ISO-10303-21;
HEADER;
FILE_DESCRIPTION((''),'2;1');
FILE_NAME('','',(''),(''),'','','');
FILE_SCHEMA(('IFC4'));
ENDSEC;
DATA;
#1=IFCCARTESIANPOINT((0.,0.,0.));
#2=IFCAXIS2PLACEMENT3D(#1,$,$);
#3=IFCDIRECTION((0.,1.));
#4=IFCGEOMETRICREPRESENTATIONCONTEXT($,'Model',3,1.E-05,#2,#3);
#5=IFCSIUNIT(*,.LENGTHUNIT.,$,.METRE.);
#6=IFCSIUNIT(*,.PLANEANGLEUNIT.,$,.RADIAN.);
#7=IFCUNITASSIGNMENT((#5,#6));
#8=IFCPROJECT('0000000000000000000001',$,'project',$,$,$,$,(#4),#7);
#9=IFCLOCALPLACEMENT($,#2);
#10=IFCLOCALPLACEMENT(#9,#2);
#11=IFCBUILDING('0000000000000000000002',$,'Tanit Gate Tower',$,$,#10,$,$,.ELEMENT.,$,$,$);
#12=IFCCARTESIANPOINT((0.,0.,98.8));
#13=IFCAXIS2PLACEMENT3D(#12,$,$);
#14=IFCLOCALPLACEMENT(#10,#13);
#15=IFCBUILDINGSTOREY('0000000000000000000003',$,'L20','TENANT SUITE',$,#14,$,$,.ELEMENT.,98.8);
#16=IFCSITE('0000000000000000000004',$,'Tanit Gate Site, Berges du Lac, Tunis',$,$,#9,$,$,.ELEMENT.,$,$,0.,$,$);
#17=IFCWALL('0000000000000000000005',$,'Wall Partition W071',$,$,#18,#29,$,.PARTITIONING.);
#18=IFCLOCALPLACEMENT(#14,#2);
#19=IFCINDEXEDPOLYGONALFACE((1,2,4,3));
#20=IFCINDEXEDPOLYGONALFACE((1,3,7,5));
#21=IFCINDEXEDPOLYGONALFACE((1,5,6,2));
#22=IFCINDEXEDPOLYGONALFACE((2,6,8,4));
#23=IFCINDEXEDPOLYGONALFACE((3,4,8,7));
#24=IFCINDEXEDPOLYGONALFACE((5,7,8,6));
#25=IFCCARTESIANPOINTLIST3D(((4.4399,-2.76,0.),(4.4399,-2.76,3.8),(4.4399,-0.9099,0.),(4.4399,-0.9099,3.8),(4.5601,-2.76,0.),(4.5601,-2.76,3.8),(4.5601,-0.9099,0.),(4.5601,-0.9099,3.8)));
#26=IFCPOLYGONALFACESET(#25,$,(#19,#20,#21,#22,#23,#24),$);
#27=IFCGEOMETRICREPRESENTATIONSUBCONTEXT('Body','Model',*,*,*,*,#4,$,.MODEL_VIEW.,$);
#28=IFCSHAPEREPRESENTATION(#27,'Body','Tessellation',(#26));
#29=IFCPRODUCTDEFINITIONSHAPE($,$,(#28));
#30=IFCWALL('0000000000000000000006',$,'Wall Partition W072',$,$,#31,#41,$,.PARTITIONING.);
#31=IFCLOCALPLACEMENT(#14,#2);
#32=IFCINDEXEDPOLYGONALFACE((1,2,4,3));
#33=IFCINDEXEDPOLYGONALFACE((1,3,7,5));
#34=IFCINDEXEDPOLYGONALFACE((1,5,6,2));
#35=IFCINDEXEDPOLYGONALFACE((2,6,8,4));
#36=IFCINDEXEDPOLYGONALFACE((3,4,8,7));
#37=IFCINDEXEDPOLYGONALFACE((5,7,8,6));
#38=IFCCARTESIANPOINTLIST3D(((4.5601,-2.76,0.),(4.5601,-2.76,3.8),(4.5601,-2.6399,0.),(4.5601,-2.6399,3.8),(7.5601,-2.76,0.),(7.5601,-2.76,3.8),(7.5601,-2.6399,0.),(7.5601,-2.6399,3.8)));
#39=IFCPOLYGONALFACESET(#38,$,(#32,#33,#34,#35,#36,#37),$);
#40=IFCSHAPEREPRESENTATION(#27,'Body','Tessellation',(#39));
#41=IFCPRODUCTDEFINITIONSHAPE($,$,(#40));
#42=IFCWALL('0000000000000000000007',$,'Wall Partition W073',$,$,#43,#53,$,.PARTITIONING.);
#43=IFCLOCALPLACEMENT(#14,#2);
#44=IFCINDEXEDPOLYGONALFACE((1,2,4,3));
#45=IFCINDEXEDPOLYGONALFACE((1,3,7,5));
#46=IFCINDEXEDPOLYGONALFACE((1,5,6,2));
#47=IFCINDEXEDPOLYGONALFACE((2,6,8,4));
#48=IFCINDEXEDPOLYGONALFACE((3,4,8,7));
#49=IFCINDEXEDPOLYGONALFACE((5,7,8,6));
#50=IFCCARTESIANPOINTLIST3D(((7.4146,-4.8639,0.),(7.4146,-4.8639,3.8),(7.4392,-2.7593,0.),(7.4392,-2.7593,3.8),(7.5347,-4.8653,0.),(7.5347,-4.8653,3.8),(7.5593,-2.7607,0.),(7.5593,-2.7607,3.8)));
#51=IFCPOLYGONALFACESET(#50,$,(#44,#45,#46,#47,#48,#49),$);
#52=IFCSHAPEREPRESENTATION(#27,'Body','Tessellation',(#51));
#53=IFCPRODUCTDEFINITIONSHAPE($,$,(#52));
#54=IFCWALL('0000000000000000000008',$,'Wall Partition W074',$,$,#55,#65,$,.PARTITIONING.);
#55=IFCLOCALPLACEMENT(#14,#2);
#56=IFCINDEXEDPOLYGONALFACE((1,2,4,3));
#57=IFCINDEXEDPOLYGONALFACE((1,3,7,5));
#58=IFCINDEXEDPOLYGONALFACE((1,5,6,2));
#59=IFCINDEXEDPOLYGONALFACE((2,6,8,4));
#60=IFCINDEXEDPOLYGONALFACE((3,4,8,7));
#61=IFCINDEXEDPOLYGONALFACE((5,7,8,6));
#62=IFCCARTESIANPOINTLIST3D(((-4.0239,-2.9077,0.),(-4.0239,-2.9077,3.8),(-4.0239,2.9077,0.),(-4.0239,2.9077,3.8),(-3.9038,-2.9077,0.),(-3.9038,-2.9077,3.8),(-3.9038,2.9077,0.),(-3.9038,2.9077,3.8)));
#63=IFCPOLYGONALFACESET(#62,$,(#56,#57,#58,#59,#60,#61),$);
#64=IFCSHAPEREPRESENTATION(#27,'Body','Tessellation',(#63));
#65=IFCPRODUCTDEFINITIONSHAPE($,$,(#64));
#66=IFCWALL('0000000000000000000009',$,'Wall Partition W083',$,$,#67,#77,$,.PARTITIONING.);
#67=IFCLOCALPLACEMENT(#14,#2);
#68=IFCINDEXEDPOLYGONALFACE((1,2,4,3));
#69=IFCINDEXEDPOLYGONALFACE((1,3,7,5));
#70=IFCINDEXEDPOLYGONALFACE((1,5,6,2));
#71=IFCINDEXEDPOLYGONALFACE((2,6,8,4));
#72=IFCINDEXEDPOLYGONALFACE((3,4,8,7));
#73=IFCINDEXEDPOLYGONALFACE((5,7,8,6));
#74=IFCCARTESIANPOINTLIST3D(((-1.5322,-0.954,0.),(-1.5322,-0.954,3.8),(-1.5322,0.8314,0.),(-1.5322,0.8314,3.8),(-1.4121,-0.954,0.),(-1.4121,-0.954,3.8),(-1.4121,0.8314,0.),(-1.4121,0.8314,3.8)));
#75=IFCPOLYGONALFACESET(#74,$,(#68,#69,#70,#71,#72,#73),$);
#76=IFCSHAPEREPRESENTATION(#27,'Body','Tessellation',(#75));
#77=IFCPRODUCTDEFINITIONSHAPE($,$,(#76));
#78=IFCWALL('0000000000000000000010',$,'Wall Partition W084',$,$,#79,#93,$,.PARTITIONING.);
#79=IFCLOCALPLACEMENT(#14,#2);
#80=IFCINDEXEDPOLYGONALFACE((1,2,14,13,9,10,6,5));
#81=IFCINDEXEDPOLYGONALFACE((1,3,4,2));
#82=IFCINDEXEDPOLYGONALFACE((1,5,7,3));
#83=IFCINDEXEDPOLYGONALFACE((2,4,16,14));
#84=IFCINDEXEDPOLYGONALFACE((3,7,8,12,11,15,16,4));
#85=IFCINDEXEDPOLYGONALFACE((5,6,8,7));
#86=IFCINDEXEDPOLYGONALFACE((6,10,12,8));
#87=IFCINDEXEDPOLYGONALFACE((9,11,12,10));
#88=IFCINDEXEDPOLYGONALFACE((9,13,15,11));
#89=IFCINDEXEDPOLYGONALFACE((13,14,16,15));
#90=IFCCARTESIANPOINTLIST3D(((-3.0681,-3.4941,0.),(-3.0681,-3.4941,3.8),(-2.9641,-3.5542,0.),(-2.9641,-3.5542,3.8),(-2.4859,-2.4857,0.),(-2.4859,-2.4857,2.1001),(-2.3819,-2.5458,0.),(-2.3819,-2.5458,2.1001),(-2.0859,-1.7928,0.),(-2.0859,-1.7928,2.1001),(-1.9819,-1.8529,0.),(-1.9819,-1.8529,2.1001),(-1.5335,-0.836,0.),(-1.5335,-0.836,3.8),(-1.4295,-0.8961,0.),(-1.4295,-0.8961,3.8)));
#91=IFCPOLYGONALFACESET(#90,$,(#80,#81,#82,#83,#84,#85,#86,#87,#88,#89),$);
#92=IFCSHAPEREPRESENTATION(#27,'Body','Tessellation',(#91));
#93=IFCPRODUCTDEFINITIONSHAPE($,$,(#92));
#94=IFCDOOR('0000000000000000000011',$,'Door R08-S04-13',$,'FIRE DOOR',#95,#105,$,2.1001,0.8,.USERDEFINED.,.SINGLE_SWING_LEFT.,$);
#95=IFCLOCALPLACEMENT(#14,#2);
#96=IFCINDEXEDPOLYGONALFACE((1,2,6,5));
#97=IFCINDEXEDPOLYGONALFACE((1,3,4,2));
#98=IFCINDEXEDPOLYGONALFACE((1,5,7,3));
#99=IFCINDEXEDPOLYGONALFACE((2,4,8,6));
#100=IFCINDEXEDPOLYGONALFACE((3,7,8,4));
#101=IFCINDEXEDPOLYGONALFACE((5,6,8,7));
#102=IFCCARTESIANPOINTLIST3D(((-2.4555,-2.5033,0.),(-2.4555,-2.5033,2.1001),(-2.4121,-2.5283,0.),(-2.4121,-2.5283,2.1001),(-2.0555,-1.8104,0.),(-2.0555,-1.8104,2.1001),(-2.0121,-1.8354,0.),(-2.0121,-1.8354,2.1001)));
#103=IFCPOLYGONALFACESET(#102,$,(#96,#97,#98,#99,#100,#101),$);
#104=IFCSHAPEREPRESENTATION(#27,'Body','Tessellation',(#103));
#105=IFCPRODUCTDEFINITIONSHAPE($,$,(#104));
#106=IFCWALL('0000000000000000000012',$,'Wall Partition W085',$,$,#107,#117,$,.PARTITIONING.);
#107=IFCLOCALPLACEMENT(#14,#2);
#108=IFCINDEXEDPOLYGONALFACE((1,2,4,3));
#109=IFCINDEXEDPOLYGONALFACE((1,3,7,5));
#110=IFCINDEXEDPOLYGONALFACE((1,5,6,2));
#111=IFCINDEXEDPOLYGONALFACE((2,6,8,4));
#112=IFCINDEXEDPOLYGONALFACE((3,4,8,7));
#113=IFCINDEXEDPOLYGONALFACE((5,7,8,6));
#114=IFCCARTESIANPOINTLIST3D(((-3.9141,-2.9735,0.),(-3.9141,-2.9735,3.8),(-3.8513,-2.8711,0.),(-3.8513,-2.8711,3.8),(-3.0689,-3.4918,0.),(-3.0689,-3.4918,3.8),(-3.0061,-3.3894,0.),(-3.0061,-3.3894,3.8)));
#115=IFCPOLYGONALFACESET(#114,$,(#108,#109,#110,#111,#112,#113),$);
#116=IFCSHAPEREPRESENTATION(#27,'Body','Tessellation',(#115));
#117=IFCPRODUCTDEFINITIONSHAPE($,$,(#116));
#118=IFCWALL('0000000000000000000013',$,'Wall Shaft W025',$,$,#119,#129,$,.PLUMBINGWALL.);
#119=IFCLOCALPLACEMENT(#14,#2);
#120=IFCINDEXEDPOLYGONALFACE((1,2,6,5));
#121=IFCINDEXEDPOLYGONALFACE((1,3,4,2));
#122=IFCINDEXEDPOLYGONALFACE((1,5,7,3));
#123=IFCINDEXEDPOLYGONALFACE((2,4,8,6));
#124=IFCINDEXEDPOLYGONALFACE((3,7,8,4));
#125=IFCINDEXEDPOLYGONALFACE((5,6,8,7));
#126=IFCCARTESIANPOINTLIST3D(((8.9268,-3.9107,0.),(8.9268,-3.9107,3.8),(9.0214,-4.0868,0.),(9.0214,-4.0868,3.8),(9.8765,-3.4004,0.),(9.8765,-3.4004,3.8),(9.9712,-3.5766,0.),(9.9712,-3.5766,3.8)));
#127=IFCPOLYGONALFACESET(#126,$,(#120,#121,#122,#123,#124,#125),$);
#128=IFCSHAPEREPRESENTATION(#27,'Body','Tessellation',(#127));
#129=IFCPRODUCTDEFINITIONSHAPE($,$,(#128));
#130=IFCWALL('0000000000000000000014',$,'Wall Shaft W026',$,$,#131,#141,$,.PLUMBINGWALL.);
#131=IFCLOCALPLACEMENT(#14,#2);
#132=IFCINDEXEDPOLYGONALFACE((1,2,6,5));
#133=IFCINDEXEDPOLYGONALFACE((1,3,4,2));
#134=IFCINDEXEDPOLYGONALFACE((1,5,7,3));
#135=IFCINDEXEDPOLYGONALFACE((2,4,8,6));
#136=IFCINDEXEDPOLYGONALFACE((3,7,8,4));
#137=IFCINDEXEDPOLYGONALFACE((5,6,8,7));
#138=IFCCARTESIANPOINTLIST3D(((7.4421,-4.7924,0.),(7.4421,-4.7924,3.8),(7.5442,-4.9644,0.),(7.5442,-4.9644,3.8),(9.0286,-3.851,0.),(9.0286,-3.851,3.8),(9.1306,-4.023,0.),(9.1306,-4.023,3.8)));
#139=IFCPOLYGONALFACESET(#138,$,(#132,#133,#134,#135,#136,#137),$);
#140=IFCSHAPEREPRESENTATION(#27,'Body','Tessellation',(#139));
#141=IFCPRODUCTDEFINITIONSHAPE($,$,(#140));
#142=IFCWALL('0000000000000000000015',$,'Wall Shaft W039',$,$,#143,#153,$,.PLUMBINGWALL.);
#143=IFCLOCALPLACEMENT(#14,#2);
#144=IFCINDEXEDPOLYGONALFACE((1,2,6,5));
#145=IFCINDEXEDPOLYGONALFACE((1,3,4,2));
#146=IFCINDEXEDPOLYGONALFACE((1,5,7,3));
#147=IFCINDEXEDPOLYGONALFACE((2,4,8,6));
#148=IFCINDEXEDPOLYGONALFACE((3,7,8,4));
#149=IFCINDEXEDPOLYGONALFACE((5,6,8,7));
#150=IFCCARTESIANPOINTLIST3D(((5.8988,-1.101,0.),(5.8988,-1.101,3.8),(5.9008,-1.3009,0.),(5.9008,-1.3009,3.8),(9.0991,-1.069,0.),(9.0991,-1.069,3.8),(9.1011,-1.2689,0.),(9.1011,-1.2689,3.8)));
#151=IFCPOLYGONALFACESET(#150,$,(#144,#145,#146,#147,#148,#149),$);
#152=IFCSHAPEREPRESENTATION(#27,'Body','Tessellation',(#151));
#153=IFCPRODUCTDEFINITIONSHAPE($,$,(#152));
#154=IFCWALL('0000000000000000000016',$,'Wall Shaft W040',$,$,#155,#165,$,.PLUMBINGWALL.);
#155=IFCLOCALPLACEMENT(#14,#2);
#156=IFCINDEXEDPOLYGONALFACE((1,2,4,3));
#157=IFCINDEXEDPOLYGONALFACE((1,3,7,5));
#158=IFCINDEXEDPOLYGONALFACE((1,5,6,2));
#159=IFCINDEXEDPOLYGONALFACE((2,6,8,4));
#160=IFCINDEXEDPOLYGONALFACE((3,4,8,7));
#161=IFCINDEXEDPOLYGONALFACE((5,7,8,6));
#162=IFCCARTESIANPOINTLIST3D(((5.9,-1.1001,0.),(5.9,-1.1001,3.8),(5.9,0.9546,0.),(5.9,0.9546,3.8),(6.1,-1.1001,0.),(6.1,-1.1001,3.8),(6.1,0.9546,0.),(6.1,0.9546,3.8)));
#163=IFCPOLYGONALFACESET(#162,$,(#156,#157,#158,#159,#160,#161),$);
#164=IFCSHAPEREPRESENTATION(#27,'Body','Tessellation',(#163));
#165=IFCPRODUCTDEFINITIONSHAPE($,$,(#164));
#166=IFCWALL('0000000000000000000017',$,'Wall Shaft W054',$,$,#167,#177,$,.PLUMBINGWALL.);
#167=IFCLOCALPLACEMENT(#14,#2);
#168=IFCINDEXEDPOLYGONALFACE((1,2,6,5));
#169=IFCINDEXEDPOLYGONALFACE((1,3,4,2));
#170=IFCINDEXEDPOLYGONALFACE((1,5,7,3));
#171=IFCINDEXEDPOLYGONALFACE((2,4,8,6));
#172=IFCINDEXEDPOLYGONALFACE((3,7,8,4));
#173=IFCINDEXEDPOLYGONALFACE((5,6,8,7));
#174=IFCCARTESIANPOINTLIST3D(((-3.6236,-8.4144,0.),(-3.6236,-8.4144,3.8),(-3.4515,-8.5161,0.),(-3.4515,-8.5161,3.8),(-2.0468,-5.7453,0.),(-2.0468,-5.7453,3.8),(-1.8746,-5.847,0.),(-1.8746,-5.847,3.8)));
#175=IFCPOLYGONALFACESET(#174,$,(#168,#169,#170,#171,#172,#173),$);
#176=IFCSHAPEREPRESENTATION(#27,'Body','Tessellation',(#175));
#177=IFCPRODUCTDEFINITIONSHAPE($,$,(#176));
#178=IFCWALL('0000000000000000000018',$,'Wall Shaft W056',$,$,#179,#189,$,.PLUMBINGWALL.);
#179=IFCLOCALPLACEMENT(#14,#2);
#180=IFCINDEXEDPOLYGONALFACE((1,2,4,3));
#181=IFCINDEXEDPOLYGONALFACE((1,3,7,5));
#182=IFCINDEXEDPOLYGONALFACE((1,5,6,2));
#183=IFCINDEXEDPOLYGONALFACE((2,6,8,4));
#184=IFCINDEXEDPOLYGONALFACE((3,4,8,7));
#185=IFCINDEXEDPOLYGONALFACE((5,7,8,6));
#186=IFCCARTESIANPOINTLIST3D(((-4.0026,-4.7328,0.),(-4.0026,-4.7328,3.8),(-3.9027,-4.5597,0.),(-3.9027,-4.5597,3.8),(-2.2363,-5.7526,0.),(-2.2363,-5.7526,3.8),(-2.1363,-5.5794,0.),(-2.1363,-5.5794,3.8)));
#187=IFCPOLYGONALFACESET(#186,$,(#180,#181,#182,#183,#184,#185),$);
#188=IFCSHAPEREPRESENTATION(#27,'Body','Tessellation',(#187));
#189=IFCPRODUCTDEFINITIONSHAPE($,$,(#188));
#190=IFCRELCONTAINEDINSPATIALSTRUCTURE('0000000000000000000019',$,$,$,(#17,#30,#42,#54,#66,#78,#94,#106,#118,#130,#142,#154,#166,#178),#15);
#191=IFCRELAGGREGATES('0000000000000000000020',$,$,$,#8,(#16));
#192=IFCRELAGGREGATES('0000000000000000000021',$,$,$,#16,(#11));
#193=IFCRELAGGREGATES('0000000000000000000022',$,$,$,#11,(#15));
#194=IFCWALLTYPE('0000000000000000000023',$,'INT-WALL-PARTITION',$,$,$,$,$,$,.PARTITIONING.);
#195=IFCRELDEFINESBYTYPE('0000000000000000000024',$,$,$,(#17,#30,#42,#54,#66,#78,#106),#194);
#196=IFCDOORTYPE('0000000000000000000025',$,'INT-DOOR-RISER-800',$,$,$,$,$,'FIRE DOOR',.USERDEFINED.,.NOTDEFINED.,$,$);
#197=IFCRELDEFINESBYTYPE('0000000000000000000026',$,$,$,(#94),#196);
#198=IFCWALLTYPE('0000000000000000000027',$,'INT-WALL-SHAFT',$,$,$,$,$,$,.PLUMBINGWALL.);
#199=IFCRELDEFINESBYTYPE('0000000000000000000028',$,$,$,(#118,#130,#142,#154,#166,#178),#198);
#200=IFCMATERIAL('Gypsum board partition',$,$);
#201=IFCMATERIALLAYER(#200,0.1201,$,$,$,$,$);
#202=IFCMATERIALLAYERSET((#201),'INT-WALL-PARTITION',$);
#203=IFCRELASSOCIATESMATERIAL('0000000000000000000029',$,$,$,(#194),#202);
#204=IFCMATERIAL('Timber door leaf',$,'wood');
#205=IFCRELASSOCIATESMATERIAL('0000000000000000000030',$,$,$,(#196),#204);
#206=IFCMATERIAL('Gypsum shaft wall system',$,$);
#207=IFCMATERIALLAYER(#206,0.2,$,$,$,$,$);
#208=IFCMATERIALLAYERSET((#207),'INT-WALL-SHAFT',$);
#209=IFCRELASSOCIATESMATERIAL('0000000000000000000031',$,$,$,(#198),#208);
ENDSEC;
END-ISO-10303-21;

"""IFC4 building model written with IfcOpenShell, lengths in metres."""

from ifc_helpers import new_model, si_unit, direction, frame, frame_2d, origin, place, context, subcontext, project, spatial, rectangle, extrude, material, layer, layer_set, type_object, element, fill, save


model = new_model("IFC4")

# Units and contexts
model_context = context("Model", 3, precision=1e-05, world=origin(), true_north=direction((0.0, 1.0)))
body_context = subcontext(model_context, "Body", "Model", "MODEL_VIEW")
ifc_project = project(units=[si_unit("LENGTHUNIT", "METRE"), si_unit("PLANEANGLEUNIT", "RADIAN")], contexts=[model_context])

# Site, building, storey
site_placement = place(None, origin())
site = spatial("IfcSite", under=ifc_project, at=site_placement, Name="Tanit Gate Site, Berges du Lac, Tunis", CompositionType="ELEMENT", RefElevation=0.0)
building_placement = place(site_placement, origin())
building = spatial("IfcBuilding", under=site, at=building_placement, Name="Tanit Gate Tower", CompositionType="ELEMENT")
storey_placement = place(building_placement, frame((0.0, 0.0, 98.8)))
storey = spatial("IfcBuildingStorey", under=building, at=storey_placement, Name="L20", Description="TENANT SUITE", CompositionType="ELEMENT", Elevation=98.8)

# Shared definitions
ifc_material_1 = material(Name="Gypsum board partition")
ifc_layer_1 = layer(ifc_material_1, 0.1201)
ifc_layer_set_1 = layer_set([ifc_layer_1], Name="INT-WALL-PARTITION")
wall_type_1 = type_object("IfcWallType", Name="INT-WALL-PARTITION", PredefinedType="PARTITIONING", material=ifc_layer_set_1)
ifc_material_2 = material(Name="Timber door leaf", Category="wood")
door_type_1 = type_object("IfcDoorType", Name="INT-DOOR-RISER-800", ElementType="FIRE DOOR", OperationType="NOTDEFINED", PredefinedType="USERDEFINED", material=ifc_material_2)

# Walls
wall_1_placement = place(storey_placement, frame((4.5, -2.76, 0.0), z_axis=(0.0, 0.0, 1.0), x_axis=(0.0, 1.0, 0.0)))
element("IfcWall", 1, at=wall_1_placement, inside=storey, type_object=wall_type_1, Name="Wall Partition W071", PredefinedType="PARTITIONING", context=body_context, shape_type="SweptSolid", body=[
    extrude(rectangle(XDim=1.8501, YDim=0.1201, at=frame_2d((0.925, 0.0))), origin(), (0.0, 0.0, 1.0), 3.8),
])
wall_2_placement = place(storey_placement, frame((7.5601, -2.7, 0.0), z_axis=(0.0, 0.0, 1.0), x_axis=(-1.0, 0.0, 0.0)))
element("IfcWall", 2, at=wall_2_placement, inside=storey, type_object=wall_type_1, Name="Wall Partition W072", PredefinedType="PARTITIONING", context=body_context, shape_type="SweptSolid", body=[
    extrude(rectangle(XDim=3.0, YDim=0.1201, at=frame_2d((1.5, 0.0))), origin(), (0.0, 0.0, 1.0), 3.8),
])
wall_3_placement = place(storey_placement, frame((7.4746, -4.8645, 0.0), z_axis=(0.0, 0.0, 1.0), x_axis=(0.011716, 0.999931, 0.0)))
element("IfcWall", 3, at=wall_3_placement, inside=storey, type_object=wall_type_1, Name="Wall Partition W073", PredefinedType="PARTITIONING", context=body_context, shape_type="SweptSolid", body=[
    extrude(rectangle(XDim=2.1047, YDim=0.1201, at=frame_2d((1.0522, 0.0))), origin(), (0.0, 0.0, 1.0), 3.8),
])
wall_4_placement = place(storey_placement, frame((-3.9639, -2.9077, 0.0), z_axis=(0.0, 0.0, 1.0), x_axis=(0.0, 1.0, 0.0)))
element("IfcWall", 4, at=wall_4_placement, inside=storey, type_object=wall_type_1, Name="Wall Partition W074", PredefinedType="PARTITIONING", context=body_context, shape_type="SweptSolid", body=[
    extrude(rectangle(XDim=5.8154, YDim=0.1201, at=frame_2d((2.9077, 0.0))), origin(), (0.0, 0.0, 1.0), 3.8),
])
wall_5_placement = place(storey_placement, frame((-1.4722, -0.9539, 0.0), z_axis=(0.0, 0.0, 1.0), x_axis=(0.0, 1.0, 0.0)))
element("IfcWall", 5, at=wall_5_placement, inside=storey, type_object=wall_type_1, Name="Wall Partition W083", PredefinedType="PARTITIONING", context=body_context, shape_type="SweptSolid", body=[
    extrude(rectangle(XDim=1.7854, YDim=0.1201, at=frame_2d((0.8926, 0.0))), origin(), (0.0, 0.0, 1.0), 3.8),
])

# Wall, opening, door
wall_6_placement = place(storey_placement, frame((-3.0161, -3.5242, 0.0), z_axis=(0.0, 0.0, 1.0), x_axis=(0.499989, 0.866032, 0.0)))
wall_6 = element("IfcWall", 6, at=wall_6_placement, inside=storey, type_object=wall_type_1, Name="Wall Partition W084", PredefinedType="PARTITIONING", context=body_context, shape_type="SweptSolid", body=[
    extrude(rectangle(XDim=3.0693, YDim=0.1201, at=frame_2d((1.5347, 0.0))), origin(), (0.0, 0.0, 1.0), 3.8),
])
opening_1_placement = place(wall_6_placement, frame((1.1646, 0.0, 0.0)))
opening_1 = element("IfcOpeningElement", 7, at=opening_1_placement, cuts=wall_6, PredefinedType="OPENING", context=body_context, shape_type="SweptSolid", body=[
    extrude(rectangle(XDim=0.8, YDim=2.1001, at=frame_2d((0.3999, 1.05))), frame((0.0, 0.0701, 0.0), z_axis=(0.0, -1.0, 0.0), x_axis=(1.0, 0.0, 0.0)), (0.0, 0.0, 1.0), 0.1401),
])
door_1_placement = place(opening_1_placement, origin())
door_1 = element("IfcDoor", 8, at=door_1_placement, inside=storey, type_object=door_type_1, Name="Door R08-S04-13", ObjectType="FIRE DOOR", OperationType="SINGLE_SWING_LEFT", OverallHeight=2.1001, OverallWidth=0.8, PredefinedType="USERDEFINED", context=body_context, shape_type="SweptSolid", body=[
    extrude(rectangle(XDim=0.8, YDim=2.1001, at=frame_2d((0.3999, 1.05))), frame((0.0, 0.0249, 0.0), z_axis=(0.0, -1.0, 0.0), x_axis=(1.0, 0.0, 0.0)), (0.0, 0.0, 1.0), 0.05),
])
fill(opening_1, door_1)

# Walls
wall_7_placement = place(storey_placement, frame((-3.8826, -2.9224, 0.0), z_axis=(0.0, 0.0, 1.0), x_axis=(0.852477, -0.522764, 0.0)))
element("IfcWall", 9, at=wall_7_placement, inside=storey, type_object=wall_type_1, Name="Wall Partition W085", PredefinedType="PARTITIONING", context=body_context, shape_type="SweptSolid", body=[
    extrude(rectangle(XDim=0.9915, YDim=0.1201, at=frame_2d((0.4956, 0.0))), origin(), (0.0, 0.0, 1.0), 3.8),
])
ifc_material_3 = material(Name="Gypsum shaft wall system")
ifc_layer_2 = layer(ifc_material_3, 0.2)
ifc_layer_set_2 = layer_set([ifc_layer_2], Name="INT-WALL-SHAFT")
wall_type_2 = type_object("IfcWallType", Name="INT-WALL-SHAFT", PredefinedType="PLUMBINGWALL", material=ifc_layer_set_2)
wall_8_placement = place(storey_placement, frame((8.9741, -3.9988, 0.0), z_axis=(0.0, 0.0, 1.0), x_axis=(0.880907, 0.473289, 0.0)))
element("IfcWall", 10, at=wall_8_placement, inside=storey, type_object=wall_type_2, Name="Wall Shaft W025", PredefinedType="PLUMBINGWALL", context=body_context, shape_type="SweptSolid", body=[
    extrude(rectangle(XDim=1.0781, YDim=0.2, at=frame_2d((0.5391, 0.0))), origin(), (0.0, 0.0, 1.0), 3.8),
])
wall_9_placement = place(storey_placement, frame((7.4932, -4.8784, 0.0), z_axis=(0.0, 0.0, 1.0), x_axis=(0.859982, 0.510325, 0.0)))
element("IfcWall", 11, at=wall_9_placement, inside=storey, type_object=wall_type_2, Name="Wall Shaft W026", PredefinedType="PLUMBINGWALL", context=body_context, shape_type="SweptSolid", body=[
    extrude(rectangle(XDim=1.8447, YDim=0.2, at=frame_2d((0.9224, 0.0))), origin(), (0.0, 0.0, 1.0), 3.8),
])
wall_10_placement = place(storey_placement, frame((5.8999, -1.2009, 0.0), z_axis=(0.0, 0.0, 1.0), x_axis=(0.99995, 0.009993, 0.0)))
element("IfcWall", 12, at=wall_10_placement, inside=storey, type_object=wall_type_2, Name="Wall Shaft W039", PredefinedType="PLUMBINGWALL", context=body_context, shape_type="SweptSolid", body=[
    extrude(rectangle(XDim=3.2004, YDim=0.2, at=frame_2d((1.6001, 0.0))), origin(), (0.0, 0.0, 1.0), 3.8),
])
wall_11_placement = place(storey_placement, frame((6.0, -1.1001, 0.0), z_axis=(0.0, 0.0, 1.0), x_axis=(0.0, 1.0, 0.0)))
element("IfcWall", 13, at=wall_11_placement, inside=storey, type_object=wall_type_2, Name="Wall Shaft W040", PredefinedType="PLUMBINGWALL", context=body_context, shape_type="SweptSolid", body=[
    extrude(rectangle(XDim=2.0547, YDim=0.2, at=frame_2d((1.0273, 0.0))), origin(), (0.0, 0.0, 1.0), 3.8),
])

# Walls
wall_12_placement = place(storey_placement, frame((-1.9607, -5.7961, 0.0), z_axis=(0.0, 0.0, 1.0), x_axis=(-0.508647, -0.860975, 0.0)))
element("IfcWall", 14, at=wall_12_placement, inside=storey, type_object=wall_type_2, Name="Wall Shaft W054", PredefinedType="PLUMBINGWALL", context=body_context, shape_type="SweptSolid", body=[
    extrude(rectangle(XDim=3.1001, YDim=0.2, at=frame_2d((1.55, 0.0))), origin(), (0.0, 0.0, 1.0), 3.8),
])
wall_13_placement = place(storey_placement, frame((-3.9526, -4.6462, 0.0), z_axis=(0.0, 0.0, 1.0), x_axis=(0.866032, -0.499988, 0.0)))
element("IfcWall", 15, at=wall_13_placement, inside=storey, type_object=wall_type_2, Name="Wall Shaft W056", PredefinedType="PLUMBINGWALL", context=body_context, shape_type="SweptSolid", body=[
    extrude(rectangle(XDim=2.0396, YDim=0.2, at=frame_2d((1.0198, 0.0))), origin(), (0.0, 0.0, 1.0), 3.8),
])

save(model, "model.ifc")
